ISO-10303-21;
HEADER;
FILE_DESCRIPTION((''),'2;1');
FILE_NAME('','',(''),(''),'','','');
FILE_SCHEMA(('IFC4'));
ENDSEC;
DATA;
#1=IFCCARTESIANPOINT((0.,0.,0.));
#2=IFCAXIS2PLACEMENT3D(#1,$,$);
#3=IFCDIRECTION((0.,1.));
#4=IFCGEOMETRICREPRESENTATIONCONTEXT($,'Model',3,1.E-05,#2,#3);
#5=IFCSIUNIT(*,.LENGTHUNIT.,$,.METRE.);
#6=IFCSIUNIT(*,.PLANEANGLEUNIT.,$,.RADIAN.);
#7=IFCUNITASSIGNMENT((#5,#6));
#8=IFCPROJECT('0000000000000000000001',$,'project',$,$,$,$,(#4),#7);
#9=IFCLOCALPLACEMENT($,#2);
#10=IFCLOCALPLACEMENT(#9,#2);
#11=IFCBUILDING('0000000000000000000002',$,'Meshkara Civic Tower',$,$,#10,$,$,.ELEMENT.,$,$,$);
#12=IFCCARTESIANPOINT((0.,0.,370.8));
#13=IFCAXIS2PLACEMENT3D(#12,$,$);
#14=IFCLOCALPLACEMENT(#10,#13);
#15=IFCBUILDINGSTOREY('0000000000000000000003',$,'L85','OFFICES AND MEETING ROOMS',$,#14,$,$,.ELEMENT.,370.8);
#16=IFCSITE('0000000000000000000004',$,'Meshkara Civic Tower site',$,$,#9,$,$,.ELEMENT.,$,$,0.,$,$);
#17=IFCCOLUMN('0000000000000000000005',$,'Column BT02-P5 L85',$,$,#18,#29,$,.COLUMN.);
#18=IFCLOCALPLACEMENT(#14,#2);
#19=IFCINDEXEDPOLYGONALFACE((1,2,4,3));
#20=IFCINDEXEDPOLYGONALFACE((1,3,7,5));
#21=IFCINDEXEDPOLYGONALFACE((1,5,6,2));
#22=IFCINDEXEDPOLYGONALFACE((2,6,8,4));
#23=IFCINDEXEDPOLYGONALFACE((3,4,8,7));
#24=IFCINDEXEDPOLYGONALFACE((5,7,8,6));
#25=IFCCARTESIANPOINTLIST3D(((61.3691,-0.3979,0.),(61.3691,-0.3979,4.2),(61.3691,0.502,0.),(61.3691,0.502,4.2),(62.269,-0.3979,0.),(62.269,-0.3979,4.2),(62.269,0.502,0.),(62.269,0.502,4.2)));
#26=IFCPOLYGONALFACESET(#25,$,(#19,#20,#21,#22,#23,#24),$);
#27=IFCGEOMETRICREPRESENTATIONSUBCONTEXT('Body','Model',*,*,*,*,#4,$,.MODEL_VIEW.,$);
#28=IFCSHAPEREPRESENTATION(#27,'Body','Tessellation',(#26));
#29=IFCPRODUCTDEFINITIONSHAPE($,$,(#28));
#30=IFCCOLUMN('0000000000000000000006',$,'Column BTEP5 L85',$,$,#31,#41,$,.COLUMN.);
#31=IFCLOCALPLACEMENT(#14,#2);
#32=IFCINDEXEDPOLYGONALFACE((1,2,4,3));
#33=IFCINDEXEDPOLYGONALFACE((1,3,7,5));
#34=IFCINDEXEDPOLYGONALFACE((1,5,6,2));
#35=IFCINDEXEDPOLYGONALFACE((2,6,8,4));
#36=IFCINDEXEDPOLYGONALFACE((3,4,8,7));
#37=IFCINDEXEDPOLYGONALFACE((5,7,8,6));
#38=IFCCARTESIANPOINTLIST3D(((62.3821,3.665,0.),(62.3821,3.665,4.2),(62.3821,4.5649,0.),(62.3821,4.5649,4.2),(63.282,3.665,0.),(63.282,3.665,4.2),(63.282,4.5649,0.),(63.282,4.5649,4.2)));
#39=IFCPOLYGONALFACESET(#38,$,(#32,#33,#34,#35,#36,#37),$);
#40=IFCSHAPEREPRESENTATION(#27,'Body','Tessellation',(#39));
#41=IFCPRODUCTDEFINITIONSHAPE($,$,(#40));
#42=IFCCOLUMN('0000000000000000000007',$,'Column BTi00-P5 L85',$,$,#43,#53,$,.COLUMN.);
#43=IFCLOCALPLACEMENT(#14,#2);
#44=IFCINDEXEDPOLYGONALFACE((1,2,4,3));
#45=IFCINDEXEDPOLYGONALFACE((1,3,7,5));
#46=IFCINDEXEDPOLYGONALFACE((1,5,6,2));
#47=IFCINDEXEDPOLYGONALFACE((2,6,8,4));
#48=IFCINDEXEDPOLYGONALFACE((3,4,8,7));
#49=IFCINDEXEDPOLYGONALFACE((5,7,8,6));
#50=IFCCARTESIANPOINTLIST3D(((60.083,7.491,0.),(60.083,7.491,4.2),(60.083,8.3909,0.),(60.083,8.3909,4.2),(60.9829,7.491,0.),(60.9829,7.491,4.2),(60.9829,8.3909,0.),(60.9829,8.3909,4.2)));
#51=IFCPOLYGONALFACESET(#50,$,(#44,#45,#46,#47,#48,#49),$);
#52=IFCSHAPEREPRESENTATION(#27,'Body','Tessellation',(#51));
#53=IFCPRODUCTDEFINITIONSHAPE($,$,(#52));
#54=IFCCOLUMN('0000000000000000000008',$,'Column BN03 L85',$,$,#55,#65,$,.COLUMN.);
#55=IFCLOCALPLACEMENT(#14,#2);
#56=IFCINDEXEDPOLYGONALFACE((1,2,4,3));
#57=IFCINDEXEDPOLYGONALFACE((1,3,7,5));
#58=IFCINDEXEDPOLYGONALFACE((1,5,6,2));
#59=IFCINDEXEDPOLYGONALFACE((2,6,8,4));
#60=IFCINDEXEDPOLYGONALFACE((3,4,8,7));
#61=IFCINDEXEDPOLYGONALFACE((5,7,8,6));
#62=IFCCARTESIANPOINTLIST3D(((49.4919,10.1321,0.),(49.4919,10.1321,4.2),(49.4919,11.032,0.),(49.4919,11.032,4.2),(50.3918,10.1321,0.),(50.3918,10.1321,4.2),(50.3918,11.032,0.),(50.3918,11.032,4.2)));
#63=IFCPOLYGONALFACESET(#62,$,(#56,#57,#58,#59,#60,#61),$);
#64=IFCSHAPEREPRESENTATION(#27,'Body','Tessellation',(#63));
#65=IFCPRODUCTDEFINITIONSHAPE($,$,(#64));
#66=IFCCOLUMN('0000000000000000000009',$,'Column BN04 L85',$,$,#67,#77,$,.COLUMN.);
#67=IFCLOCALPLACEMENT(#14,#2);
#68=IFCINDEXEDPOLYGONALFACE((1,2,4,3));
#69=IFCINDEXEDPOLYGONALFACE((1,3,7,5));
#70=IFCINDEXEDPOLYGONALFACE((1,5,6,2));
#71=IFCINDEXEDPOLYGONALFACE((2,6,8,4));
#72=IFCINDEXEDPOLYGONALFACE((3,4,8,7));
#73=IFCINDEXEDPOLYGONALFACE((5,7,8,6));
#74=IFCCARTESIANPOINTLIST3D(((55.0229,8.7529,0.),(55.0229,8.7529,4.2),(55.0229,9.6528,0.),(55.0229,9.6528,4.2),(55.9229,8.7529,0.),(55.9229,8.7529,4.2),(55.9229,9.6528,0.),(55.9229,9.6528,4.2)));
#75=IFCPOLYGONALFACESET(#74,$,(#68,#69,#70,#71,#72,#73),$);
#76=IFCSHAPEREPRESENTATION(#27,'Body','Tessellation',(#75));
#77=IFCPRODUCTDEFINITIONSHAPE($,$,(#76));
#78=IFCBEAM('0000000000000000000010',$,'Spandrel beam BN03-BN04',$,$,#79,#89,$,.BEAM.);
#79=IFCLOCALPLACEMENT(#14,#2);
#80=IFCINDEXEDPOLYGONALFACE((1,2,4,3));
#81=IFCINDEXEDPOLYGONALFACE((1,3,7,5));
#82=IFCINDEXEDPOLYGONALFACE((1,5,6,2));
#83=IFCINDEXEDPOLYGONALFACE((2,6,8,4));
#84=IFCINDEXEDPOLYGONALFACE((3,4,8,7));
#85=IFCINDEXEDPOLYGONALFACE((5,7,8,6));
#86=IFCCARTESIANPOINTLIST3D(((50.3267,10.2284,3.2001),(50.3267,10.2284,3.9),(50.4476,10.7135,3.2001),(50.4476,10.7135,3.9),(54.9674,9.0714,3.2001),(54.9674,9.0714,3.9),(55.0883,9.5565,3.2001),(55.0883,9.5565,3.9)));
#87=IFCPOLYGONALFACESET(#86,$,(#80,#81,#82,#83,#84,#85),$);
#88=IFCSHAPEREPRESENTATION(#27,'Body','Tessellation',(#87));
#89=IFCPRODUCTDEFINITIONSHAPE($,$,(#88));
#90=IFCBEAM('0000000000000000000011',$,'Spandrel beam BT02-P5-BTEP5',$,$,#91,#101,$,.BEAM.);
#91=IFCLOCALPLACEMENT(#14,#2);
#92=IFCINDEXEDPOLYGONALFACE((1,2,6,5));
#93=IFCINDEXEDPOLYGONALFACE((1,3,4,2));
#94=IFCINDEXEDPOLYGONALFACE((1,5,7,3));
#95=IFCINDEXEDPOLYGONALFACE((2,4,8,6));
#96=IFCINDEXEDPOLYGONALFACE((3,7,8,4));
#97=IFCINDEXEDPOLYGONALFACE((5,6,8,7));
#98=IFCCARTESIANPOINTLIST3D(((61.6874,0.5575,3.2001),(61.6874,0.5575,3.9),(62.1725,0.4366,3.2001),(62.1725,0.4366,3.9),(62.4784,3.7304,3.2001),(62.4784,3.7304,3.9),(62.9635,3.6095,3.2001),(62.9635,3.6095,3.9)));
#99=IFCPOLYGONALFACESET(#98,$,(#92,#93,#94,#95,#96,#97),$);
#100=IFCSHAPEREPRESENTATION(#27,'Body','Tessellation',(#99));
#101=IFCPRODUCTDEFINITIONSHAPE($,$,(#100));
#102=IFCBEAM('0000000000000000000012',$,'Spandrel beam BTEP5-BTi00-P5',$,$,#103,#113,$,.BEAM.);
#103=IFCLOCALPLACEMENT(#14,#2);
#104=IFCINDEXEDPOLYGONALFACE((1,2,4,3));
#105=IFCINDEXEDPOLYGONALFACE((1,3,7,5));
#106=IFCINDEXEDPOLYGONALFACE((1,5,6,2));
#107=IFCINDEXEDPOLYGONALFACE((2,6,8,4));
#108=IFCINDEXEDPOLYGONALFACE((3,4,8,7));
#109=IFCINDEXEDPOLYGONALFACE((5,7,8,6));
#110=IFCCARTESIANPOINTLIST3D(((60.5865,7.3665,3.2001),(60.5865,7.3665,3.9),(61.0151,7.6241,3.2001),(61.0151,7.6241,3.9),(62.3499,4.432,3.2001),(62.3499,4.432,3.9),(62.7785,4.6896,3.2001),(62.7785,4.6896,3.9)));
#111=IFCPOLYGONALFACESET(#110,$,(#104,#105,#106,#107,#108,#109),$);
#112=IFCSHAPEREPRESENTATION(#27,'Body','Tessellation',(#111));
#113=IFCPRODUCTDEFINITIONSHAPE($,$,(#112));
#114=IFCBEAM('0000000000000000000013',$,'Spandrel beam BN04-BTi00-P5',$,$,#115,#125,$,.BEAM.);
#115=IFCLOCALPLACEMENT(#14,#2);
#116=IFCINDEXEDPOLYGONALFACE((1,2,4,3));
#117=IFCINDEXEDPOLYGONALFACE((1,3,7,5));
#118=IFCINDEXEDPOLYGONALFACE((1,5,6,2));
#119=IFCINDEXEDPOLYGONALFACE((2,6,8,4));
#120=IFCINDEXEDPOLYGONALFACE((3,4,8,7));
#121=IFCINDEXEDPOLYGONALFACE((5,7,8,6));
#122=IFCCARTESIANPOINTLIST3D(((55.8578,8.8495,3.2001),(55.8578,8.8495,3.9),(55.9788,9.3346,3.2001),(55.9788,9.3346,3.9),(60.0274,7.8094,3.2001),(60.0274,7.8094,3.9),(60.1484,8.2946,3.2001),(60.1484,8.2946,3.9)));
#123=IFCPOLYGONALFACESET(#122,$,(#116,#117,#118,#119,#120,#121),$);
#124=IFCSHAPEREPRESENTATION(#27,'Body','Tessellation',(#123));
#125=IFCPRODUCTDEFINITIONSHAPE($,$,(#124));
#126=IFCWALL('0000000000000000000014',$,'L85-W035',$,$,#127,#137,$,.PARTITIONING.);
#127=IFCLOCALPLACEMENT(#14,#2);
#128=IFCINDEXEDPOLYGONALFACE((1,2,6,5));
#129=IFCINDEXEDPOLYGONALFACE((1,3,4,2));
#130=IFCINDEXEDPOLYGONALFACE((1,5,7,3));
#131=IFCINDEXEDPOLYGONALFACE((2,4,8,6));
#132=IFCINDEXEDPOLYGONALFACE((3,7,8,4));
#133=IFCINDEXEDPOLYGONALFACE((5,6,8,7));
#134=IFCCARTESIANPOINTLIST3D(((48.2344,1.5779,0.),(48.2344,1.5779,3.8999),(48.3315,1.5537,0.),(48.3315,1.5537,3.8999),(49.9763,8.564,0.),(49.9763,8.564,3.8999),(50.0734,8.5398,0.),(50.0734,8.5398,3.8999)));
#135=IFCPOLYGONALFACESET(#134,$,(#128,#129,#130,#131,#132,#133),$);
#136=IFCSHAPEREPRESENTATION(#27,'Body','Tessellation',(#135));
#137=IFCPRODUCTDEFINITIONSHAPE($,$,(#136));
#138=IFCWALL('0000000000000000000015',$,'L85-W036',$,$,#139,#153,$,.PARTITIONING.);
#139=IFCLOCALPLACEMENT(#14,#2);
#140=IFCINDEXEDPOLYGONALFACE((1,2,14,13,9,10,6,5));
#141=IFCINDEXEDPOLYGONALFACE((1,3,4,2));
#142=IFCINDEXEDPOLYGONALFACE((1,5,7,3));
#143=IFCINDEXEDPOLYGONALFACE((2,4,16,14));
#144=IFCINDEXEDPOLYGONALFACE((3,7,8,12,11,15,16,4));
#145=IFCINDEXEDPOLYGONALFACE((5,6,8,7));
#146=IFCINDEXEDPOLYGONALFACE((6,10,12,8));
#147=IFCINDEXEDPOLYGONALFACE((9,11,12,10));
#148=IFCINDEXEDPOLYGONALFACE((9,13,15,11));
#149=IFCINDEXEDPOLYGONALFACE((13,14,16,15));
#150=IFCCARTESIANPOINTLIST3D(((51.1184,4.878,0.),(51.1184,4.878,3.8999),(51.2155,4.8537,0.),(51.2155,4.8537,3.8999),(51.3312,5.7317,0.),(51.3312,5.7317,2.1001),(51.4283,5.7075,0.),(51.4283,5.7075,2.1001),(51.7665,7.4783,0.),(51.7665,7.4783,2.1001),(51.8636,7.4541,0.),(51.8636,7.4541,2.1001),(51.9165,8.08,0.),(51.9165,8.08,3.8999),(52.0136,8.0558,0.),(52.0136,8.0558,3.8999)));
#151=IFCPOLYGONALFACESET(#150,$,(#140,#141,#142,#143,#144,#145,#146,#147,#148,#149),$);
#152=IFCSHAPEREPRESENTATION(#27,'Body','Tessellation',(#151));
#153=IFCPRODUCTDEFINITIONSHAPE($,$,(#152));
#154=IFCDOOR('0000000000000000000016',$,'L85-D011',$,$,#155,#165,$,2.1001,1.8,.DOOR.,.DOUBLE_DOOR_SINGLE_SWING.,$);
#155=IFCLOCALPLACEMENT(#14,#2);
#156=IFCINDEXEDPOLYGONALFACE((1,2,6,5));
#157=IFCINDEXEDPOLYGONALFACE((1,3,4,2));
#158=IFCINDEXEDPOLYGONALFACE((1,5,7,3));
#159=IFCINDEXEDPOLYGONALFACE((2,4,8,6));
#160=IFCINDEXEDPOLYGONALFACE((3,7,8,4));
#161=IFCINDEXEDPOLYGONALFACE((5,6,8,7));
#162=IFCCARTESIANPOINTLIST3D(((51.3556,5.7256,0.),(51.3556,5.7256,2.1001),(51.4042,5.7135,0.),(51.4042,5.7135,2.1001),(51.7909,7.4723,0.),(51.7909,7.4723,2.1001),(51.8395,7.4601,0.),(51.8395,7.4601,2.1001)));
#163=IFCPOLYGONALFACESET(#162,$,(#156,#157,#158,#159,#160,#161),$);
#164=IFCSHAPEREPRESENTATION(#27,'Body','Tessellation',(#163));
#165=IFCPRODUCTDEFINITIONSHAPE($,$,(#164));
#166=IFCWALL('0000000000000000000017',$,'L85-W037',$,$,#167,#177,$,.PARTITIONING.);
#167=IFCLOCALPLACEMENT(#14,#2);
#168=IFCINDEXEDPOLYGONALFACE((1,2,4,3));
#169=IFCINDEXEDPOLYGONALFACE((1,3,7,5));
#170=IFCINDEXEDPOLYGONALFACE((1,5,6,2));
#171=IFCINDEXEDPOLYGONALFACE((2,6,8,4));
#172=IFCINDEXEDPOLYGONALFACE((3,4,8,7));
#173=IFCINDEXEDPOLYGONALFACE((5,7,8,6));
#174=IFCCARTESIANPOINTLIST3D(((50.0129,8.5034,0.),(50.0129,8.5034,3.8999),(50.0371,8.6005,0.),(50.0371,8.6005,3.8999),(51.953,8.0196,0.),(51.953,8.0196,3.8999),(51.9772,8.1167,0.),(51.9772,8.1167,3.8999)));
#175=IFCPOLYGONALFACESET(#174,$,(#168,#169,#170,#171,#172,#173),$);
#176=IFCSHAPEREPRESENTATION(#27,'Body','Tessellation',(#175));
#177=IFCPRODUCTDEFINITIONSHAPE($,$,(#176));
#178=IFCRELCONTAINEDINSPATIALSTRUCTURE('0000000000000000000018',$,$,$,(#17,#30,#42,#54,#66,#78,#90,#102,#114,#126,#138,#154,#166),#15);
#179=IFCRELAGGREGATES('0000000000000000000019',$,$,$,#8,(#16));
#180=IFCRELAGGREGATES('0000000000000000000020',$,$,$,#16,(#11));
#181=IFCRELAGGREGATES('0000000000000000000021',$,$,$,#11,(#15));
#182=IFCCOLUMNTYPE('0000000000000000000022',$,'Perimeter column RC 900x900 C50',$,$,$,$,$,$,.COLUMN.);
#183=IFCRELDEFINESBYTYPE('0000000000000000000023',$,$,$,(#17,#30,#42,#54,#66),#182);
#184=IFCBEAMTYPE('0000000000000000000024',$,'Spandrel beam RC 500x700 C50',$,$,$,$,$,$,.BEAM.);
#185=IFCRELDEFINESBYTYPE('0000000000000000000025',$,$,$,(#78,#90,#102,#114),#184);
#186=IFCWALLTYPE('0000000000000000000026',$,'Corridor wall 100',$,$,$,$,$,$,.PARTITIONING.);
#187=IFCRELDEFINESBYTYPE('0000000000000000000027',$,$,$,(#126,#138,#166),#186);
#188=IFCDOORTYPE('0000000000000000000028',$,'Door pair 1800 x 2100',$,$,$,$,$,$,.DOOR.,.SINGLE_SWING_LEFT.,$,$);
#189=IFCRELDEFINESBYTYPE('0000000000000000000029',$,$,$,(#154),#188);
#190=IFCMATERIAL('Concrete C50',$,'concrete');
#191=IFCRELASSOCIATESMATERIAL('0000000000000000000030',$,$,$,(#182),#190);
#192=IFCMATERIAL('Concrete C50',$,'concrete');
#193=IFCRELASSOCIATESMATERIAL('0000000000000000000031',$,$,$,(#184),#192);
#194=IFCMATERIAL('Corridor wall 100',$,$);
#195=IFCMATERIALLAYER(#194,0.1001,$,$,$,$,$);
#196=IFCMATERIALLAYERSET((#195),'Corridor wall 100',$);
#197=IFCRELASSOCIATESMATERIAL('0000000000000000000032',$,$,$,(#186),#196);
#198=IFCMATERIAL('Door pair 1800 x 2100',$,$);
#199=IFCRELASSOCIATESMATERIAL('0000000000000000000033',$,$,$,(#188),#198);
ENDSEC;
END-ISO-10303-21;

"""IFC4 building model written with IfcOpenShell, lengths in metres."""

from ifc_helpers import new_model, si_unit, direction, frame, frame_2d, origin, origin_2d, place, context, subcontext, project, spatial, rectangle, extrude, material, layer, layer_set, material_profile, profile_set, type_object, element, fill, save


model = new_model("IFC4")

# Units and contexts
model_context = context("Model", 3, precision=1e-05, world=origin(), true_north=direction((0.0, 1.0)))
body_context = subcontext(model_context, "Body", "Model", "MODEL_VIEW")
ifc_project = project(units=[si_unit("LENGTHUNIT", "METRE"), si_unit("PLANEANGLEUNIT", "RADIAN")], contexts=[model_context])

# Site, building, storey
site_placement = place(None, origin())
site = spatial("IfcSite", under=ifc_project, at=site_placement, Name="Meshkara Civic Tower site", CompositionType="ELEMENT", RefElevation=0.0)
building_placement = place(site_placement, origin())
building = spatial("IfcBuilding", under=site, at=building_placement, Name="Meshkara Civic Tower", CompositionType="ELEMENT")
storey_placement = place(building_placement, frame((0.0, 0.0, 370.8)))
storey = spatial("IfcBuildingStorey", under=building, at=storey_placement, Name="L85", Description="OFFICES AND MEETING ROOMS", CompositionType="ELEMENT", Elevation=370.8)

# Columns
ifc_material_1 = material(Name="Concrete C50", Category="concrete")
ifc_material_profile_1 = material_profile(ifc_material_1, rectangle(XDim=0.8999, YDim=0.8999, at=origin_2d()))
ifc_profile_set_1 = profile_set([ifc_material_profile_1], Name="Concrete C50")
column_type = type_object("IfcColumnType", Name="Perimeter column RC 900x900 C50", PredefinedType="COLUMN", material=ifc_profile_set_1)
for number, where, z_axis, x_axis, name in (
    (1, (61.8191, 0.052, 0.0), (0.0, 0.0, 1.0), (1.0, 0.0, 0.0), "Column BT02-P5 L85"),
    (2, (62.832, 4.115, 0.0), (0.0, 0.0, 1.0), (1.0, 0.0, 0.0), "Column BTEP5 L85"),
    (3, (60.533, 7.9409, 0.0), (0.0, 0.0, 1.0), (1.0, 0.0, 0.0), "Column BTi00-P5 L85"),
    (4, (49.9419, 10.582, 0.0), (0.0, 0.0, 1.0), (1.0, 0.0, 0.0), "Column BN03 L85"),
    (5, (55.4729, 9.2029, 0.0), (0.0, 0.0, 1.0), (1.0, 0.0, 0.0), "Column BN04 L85"),
):
    element("IfcColumn", number, at=place(storey_placement, frame(where, z_axis=z_axis, x_axis=x_axis)), inside=storey, type_object=column_type, Name=name, PredefinedType="COLUMN", context=body_context, shape_type="SweptSolid", body=[
        extrude(rectangle(XDim=0.8999, YDim=0.8999, at=origin_2d()), origin(), (0.0, 0.0, 1.0), 4.2),
    ])

# Beams
ifc_material_2 = material(Name="Concrete C50", Category="concrete")
ifc_material_profile_2 = material_profile(ifc_material_2, rectangle(XDim=0.5, YDim=0.7, at=origin_2d()))
ifc_profile_set_2 = profile_set([ifc_material_profile_2], Name="Concrete C50")
beam_type = type_object("IfcBeamType", Name="Spandrel beam RC 500x700 C50", PredefinedType="BEAM", material=ifc_profile_set_2)
beam_1_placement = place(storey_placement, frame((55.0278, 9.314, 3.55), z_axis=(-0.970298, 0.241911, 0.0), x_axis=(-0.241911, -0.970298, 0.0)))
element("IfcBeam", 6, at=beam_1_placement, inside=storey, type_object=beam_type, Name="Spandrel beam BN03-BN04", PredefinedType="BEAM", context=body_context, shape_type="SweptSolid", body=[
    extrude(rectangle(XDim=0.5, YDim=0.7, at=origin_2d()), origin(), (0.0, 0.0, 1.0), 4.7827),
])
beam_2_placement = place(storey_placement, frame((61.9299, 0.4971, 3.55), z_axis=(0.241903, 0.9703, 0.0), x_axis=(-0.9703, 0.241903, 0.0)))
element("IfcBeam", 7, at=beam_2_placement, inside=storey, type_object=beam_type, Name="Spandrel beam BT02-P5-BTEP5", PredefinedType="BEAM", context=body_context, shape_type="SweptSolid", body=[
    extrude(rectangle(XDim=0.5, YDim=0.7, at=origin_2d()), origin(), (0.0, 0.0, 1.0), 3.27),
])
beam_3_placement = place(storey_placement, frame((62.5642, 4.5608, 3.55), z_axis=(-0.515072, 0.857147, 0.0), x_axis=(-0.857147, -0.515072, 0.0)))
element("IfcBeam", 8, at=beam_3_placement, inside=storey, type_object=beam_type, Name="Spandrel beam BTEP5-BTi00-P5", PredefinedType="BEAM", context=body_context, shape_type="SweptSolid", body=[
    extrude(rectangle(XDim=0.5, YDim=0.7, at=origin_2d()), origin(), (0.0, 0.0, 1.0), 3.4236),
])
beam_4_placement = place(storey_placement, frame((60.0879, 8.052, 3.55), z_axis=(-0.970273, 0.242014, 0.0), x_axis=(-0.242014, -0.970273, 0.0)))
element("IfcBeam", 9, at=beam_4_placement, inside=storey, type_object=beam_type, Name="Spandrel beam BN04-BTi00-P5", PredefinedType="BEAM", context=body_context, shape_type="SweptSolid", body=[
    extrude(rectangle(XDim=0.5, YDim=0.7, at=origin_2d()), origin(), (0.0, 0.0, 1.0), 4.2974),
])

# Wall
ifc_material_3 = material(Name="Corridor wall 100")
ifc_layer_1 = layer(ifc_material_3, 0.1001)
ifc_layer_set_1 = layer_set([ifc_layer_1], Name="Corridor wall 100")
wall_type_1 = type_object("IfcWallType", Name="Corridor wall 100", PredefinedType="PARTITIONING", material=ifc_layer_set_1)
wall_1_placement = place(storey_placement, frame((50.0249, 8.552, 0.0), z_axis=(0.0, 0.0, 1.0), x_axis=(-0.241937, -0.970292, 0.0)))
element("IfcWall", 10, at=wall_1_placement, inside=storey, type_object=wall_type_1, Name="L85-W035", PredefinedType="PARTITIONING", context=body_context, shape_type="SweptSolid", body=[
    extrude(rectangle(XDim=7.2, YDim=0.1001, at=frame_2d((3.6001, 0.0))), origin(), (0.0, 0.0, 1.0), 3.8999),
])

# Wall, opening, door
wall_2_placement = place(storey_placement, frame((51.167, 4.866, 0.0), z_axis=(0.0, 0.0, 1.0), x_axis=(0.241839, 0.970316, 0.0)))
wall_2 = element("IfcWall", 11, at=wall_2_placement, inside=storey, type_object=wall_type_1, Name="L85-W036", PredefinedType="PARTITIONING", context=body_context, shape_type="SweptSolid", body=[
    extrude(rectangle(XDim=3.3, YDim=0.1001, at=frame_2d((1.6499, 0.0))), origin(), (0.0, 0.0, 1.0), 3.8999),
])
opening_1_placement = place(wall_2_placement, frame((0.8799, 0.0, 0.0)))
opening_1 = element("IfcOpeningElement", 12, at=opening_1_placement, cuts=wall_2, PredefinedType="OPENING", context=body_context, shape_type="SweptSolid", body=[
    extrude(rectangle(XDim=1.8, YDim=2.1001, at=frame_2d((0.8999, 1.05))), frame((0.0, 0.0601, 0.0), z_axis=(0.0, -1.0, 0.0), x_axis=(1.0, 0.0, 0.0)), (0.0, 0.0, 1.0), 0.1201),
])
ifc_material_4 = material(Name="Door pair 1800 x 2100")
door_type = type_object("IfcDoorType", Name="Door pair 1800 x 2100", OperationType="SINGLE_SWING_LEFT", PredefinedType="DOOR", material=ifc_material_4)
door_placement = place(opening_1_placement, origin())
door = element("IfcDoor", 13, at=door_placement, inside=storey, type_object=door_type, Name="L85-D011", OperationType="DOUBLE_DOOR_SINGLE_SWING", OverallHeight=2.1001, OverallWidth=1.8, PredefinedType="DOOR", context=body_context, shape_type="SweptSolid", body=[
    extrude(rectangle(XDim=1.8, YDim=2.1001, at=frame_2d((0.8999, 1.05))), frame((0.0, 0.0249, 0.0), z_axis=(0.0, -1.0, 0.0), x_axis=(1.0, 0.0, 0.0)), (0.0, 0.0, 1.0), 0.05),
])
fill(opening_1, door)

# Wall
wall_3_placement = place(storey_placement, frame((51.9651, 8.0681, 0.0), z_axis=(0.0, 0.0, 1.0), x_axis=(-0.970279, 0.24199, 0.0)))
element("IfcWall", 14, at=wall_3_placement, inside=storey, type_object=wall_type_1, Name="L85-W037", PredefinedType="PARTITIONING", context=body_context, shape_type="SweptSolid", body=[
    extrude(rectangle(XDim=1.9995, YDim=0.1001, at=frame_2d((0.9998, 0.0))), origin(), (0.0, 0.0, 1.0), 3.8999),
])

save(model, "model.ifc")
